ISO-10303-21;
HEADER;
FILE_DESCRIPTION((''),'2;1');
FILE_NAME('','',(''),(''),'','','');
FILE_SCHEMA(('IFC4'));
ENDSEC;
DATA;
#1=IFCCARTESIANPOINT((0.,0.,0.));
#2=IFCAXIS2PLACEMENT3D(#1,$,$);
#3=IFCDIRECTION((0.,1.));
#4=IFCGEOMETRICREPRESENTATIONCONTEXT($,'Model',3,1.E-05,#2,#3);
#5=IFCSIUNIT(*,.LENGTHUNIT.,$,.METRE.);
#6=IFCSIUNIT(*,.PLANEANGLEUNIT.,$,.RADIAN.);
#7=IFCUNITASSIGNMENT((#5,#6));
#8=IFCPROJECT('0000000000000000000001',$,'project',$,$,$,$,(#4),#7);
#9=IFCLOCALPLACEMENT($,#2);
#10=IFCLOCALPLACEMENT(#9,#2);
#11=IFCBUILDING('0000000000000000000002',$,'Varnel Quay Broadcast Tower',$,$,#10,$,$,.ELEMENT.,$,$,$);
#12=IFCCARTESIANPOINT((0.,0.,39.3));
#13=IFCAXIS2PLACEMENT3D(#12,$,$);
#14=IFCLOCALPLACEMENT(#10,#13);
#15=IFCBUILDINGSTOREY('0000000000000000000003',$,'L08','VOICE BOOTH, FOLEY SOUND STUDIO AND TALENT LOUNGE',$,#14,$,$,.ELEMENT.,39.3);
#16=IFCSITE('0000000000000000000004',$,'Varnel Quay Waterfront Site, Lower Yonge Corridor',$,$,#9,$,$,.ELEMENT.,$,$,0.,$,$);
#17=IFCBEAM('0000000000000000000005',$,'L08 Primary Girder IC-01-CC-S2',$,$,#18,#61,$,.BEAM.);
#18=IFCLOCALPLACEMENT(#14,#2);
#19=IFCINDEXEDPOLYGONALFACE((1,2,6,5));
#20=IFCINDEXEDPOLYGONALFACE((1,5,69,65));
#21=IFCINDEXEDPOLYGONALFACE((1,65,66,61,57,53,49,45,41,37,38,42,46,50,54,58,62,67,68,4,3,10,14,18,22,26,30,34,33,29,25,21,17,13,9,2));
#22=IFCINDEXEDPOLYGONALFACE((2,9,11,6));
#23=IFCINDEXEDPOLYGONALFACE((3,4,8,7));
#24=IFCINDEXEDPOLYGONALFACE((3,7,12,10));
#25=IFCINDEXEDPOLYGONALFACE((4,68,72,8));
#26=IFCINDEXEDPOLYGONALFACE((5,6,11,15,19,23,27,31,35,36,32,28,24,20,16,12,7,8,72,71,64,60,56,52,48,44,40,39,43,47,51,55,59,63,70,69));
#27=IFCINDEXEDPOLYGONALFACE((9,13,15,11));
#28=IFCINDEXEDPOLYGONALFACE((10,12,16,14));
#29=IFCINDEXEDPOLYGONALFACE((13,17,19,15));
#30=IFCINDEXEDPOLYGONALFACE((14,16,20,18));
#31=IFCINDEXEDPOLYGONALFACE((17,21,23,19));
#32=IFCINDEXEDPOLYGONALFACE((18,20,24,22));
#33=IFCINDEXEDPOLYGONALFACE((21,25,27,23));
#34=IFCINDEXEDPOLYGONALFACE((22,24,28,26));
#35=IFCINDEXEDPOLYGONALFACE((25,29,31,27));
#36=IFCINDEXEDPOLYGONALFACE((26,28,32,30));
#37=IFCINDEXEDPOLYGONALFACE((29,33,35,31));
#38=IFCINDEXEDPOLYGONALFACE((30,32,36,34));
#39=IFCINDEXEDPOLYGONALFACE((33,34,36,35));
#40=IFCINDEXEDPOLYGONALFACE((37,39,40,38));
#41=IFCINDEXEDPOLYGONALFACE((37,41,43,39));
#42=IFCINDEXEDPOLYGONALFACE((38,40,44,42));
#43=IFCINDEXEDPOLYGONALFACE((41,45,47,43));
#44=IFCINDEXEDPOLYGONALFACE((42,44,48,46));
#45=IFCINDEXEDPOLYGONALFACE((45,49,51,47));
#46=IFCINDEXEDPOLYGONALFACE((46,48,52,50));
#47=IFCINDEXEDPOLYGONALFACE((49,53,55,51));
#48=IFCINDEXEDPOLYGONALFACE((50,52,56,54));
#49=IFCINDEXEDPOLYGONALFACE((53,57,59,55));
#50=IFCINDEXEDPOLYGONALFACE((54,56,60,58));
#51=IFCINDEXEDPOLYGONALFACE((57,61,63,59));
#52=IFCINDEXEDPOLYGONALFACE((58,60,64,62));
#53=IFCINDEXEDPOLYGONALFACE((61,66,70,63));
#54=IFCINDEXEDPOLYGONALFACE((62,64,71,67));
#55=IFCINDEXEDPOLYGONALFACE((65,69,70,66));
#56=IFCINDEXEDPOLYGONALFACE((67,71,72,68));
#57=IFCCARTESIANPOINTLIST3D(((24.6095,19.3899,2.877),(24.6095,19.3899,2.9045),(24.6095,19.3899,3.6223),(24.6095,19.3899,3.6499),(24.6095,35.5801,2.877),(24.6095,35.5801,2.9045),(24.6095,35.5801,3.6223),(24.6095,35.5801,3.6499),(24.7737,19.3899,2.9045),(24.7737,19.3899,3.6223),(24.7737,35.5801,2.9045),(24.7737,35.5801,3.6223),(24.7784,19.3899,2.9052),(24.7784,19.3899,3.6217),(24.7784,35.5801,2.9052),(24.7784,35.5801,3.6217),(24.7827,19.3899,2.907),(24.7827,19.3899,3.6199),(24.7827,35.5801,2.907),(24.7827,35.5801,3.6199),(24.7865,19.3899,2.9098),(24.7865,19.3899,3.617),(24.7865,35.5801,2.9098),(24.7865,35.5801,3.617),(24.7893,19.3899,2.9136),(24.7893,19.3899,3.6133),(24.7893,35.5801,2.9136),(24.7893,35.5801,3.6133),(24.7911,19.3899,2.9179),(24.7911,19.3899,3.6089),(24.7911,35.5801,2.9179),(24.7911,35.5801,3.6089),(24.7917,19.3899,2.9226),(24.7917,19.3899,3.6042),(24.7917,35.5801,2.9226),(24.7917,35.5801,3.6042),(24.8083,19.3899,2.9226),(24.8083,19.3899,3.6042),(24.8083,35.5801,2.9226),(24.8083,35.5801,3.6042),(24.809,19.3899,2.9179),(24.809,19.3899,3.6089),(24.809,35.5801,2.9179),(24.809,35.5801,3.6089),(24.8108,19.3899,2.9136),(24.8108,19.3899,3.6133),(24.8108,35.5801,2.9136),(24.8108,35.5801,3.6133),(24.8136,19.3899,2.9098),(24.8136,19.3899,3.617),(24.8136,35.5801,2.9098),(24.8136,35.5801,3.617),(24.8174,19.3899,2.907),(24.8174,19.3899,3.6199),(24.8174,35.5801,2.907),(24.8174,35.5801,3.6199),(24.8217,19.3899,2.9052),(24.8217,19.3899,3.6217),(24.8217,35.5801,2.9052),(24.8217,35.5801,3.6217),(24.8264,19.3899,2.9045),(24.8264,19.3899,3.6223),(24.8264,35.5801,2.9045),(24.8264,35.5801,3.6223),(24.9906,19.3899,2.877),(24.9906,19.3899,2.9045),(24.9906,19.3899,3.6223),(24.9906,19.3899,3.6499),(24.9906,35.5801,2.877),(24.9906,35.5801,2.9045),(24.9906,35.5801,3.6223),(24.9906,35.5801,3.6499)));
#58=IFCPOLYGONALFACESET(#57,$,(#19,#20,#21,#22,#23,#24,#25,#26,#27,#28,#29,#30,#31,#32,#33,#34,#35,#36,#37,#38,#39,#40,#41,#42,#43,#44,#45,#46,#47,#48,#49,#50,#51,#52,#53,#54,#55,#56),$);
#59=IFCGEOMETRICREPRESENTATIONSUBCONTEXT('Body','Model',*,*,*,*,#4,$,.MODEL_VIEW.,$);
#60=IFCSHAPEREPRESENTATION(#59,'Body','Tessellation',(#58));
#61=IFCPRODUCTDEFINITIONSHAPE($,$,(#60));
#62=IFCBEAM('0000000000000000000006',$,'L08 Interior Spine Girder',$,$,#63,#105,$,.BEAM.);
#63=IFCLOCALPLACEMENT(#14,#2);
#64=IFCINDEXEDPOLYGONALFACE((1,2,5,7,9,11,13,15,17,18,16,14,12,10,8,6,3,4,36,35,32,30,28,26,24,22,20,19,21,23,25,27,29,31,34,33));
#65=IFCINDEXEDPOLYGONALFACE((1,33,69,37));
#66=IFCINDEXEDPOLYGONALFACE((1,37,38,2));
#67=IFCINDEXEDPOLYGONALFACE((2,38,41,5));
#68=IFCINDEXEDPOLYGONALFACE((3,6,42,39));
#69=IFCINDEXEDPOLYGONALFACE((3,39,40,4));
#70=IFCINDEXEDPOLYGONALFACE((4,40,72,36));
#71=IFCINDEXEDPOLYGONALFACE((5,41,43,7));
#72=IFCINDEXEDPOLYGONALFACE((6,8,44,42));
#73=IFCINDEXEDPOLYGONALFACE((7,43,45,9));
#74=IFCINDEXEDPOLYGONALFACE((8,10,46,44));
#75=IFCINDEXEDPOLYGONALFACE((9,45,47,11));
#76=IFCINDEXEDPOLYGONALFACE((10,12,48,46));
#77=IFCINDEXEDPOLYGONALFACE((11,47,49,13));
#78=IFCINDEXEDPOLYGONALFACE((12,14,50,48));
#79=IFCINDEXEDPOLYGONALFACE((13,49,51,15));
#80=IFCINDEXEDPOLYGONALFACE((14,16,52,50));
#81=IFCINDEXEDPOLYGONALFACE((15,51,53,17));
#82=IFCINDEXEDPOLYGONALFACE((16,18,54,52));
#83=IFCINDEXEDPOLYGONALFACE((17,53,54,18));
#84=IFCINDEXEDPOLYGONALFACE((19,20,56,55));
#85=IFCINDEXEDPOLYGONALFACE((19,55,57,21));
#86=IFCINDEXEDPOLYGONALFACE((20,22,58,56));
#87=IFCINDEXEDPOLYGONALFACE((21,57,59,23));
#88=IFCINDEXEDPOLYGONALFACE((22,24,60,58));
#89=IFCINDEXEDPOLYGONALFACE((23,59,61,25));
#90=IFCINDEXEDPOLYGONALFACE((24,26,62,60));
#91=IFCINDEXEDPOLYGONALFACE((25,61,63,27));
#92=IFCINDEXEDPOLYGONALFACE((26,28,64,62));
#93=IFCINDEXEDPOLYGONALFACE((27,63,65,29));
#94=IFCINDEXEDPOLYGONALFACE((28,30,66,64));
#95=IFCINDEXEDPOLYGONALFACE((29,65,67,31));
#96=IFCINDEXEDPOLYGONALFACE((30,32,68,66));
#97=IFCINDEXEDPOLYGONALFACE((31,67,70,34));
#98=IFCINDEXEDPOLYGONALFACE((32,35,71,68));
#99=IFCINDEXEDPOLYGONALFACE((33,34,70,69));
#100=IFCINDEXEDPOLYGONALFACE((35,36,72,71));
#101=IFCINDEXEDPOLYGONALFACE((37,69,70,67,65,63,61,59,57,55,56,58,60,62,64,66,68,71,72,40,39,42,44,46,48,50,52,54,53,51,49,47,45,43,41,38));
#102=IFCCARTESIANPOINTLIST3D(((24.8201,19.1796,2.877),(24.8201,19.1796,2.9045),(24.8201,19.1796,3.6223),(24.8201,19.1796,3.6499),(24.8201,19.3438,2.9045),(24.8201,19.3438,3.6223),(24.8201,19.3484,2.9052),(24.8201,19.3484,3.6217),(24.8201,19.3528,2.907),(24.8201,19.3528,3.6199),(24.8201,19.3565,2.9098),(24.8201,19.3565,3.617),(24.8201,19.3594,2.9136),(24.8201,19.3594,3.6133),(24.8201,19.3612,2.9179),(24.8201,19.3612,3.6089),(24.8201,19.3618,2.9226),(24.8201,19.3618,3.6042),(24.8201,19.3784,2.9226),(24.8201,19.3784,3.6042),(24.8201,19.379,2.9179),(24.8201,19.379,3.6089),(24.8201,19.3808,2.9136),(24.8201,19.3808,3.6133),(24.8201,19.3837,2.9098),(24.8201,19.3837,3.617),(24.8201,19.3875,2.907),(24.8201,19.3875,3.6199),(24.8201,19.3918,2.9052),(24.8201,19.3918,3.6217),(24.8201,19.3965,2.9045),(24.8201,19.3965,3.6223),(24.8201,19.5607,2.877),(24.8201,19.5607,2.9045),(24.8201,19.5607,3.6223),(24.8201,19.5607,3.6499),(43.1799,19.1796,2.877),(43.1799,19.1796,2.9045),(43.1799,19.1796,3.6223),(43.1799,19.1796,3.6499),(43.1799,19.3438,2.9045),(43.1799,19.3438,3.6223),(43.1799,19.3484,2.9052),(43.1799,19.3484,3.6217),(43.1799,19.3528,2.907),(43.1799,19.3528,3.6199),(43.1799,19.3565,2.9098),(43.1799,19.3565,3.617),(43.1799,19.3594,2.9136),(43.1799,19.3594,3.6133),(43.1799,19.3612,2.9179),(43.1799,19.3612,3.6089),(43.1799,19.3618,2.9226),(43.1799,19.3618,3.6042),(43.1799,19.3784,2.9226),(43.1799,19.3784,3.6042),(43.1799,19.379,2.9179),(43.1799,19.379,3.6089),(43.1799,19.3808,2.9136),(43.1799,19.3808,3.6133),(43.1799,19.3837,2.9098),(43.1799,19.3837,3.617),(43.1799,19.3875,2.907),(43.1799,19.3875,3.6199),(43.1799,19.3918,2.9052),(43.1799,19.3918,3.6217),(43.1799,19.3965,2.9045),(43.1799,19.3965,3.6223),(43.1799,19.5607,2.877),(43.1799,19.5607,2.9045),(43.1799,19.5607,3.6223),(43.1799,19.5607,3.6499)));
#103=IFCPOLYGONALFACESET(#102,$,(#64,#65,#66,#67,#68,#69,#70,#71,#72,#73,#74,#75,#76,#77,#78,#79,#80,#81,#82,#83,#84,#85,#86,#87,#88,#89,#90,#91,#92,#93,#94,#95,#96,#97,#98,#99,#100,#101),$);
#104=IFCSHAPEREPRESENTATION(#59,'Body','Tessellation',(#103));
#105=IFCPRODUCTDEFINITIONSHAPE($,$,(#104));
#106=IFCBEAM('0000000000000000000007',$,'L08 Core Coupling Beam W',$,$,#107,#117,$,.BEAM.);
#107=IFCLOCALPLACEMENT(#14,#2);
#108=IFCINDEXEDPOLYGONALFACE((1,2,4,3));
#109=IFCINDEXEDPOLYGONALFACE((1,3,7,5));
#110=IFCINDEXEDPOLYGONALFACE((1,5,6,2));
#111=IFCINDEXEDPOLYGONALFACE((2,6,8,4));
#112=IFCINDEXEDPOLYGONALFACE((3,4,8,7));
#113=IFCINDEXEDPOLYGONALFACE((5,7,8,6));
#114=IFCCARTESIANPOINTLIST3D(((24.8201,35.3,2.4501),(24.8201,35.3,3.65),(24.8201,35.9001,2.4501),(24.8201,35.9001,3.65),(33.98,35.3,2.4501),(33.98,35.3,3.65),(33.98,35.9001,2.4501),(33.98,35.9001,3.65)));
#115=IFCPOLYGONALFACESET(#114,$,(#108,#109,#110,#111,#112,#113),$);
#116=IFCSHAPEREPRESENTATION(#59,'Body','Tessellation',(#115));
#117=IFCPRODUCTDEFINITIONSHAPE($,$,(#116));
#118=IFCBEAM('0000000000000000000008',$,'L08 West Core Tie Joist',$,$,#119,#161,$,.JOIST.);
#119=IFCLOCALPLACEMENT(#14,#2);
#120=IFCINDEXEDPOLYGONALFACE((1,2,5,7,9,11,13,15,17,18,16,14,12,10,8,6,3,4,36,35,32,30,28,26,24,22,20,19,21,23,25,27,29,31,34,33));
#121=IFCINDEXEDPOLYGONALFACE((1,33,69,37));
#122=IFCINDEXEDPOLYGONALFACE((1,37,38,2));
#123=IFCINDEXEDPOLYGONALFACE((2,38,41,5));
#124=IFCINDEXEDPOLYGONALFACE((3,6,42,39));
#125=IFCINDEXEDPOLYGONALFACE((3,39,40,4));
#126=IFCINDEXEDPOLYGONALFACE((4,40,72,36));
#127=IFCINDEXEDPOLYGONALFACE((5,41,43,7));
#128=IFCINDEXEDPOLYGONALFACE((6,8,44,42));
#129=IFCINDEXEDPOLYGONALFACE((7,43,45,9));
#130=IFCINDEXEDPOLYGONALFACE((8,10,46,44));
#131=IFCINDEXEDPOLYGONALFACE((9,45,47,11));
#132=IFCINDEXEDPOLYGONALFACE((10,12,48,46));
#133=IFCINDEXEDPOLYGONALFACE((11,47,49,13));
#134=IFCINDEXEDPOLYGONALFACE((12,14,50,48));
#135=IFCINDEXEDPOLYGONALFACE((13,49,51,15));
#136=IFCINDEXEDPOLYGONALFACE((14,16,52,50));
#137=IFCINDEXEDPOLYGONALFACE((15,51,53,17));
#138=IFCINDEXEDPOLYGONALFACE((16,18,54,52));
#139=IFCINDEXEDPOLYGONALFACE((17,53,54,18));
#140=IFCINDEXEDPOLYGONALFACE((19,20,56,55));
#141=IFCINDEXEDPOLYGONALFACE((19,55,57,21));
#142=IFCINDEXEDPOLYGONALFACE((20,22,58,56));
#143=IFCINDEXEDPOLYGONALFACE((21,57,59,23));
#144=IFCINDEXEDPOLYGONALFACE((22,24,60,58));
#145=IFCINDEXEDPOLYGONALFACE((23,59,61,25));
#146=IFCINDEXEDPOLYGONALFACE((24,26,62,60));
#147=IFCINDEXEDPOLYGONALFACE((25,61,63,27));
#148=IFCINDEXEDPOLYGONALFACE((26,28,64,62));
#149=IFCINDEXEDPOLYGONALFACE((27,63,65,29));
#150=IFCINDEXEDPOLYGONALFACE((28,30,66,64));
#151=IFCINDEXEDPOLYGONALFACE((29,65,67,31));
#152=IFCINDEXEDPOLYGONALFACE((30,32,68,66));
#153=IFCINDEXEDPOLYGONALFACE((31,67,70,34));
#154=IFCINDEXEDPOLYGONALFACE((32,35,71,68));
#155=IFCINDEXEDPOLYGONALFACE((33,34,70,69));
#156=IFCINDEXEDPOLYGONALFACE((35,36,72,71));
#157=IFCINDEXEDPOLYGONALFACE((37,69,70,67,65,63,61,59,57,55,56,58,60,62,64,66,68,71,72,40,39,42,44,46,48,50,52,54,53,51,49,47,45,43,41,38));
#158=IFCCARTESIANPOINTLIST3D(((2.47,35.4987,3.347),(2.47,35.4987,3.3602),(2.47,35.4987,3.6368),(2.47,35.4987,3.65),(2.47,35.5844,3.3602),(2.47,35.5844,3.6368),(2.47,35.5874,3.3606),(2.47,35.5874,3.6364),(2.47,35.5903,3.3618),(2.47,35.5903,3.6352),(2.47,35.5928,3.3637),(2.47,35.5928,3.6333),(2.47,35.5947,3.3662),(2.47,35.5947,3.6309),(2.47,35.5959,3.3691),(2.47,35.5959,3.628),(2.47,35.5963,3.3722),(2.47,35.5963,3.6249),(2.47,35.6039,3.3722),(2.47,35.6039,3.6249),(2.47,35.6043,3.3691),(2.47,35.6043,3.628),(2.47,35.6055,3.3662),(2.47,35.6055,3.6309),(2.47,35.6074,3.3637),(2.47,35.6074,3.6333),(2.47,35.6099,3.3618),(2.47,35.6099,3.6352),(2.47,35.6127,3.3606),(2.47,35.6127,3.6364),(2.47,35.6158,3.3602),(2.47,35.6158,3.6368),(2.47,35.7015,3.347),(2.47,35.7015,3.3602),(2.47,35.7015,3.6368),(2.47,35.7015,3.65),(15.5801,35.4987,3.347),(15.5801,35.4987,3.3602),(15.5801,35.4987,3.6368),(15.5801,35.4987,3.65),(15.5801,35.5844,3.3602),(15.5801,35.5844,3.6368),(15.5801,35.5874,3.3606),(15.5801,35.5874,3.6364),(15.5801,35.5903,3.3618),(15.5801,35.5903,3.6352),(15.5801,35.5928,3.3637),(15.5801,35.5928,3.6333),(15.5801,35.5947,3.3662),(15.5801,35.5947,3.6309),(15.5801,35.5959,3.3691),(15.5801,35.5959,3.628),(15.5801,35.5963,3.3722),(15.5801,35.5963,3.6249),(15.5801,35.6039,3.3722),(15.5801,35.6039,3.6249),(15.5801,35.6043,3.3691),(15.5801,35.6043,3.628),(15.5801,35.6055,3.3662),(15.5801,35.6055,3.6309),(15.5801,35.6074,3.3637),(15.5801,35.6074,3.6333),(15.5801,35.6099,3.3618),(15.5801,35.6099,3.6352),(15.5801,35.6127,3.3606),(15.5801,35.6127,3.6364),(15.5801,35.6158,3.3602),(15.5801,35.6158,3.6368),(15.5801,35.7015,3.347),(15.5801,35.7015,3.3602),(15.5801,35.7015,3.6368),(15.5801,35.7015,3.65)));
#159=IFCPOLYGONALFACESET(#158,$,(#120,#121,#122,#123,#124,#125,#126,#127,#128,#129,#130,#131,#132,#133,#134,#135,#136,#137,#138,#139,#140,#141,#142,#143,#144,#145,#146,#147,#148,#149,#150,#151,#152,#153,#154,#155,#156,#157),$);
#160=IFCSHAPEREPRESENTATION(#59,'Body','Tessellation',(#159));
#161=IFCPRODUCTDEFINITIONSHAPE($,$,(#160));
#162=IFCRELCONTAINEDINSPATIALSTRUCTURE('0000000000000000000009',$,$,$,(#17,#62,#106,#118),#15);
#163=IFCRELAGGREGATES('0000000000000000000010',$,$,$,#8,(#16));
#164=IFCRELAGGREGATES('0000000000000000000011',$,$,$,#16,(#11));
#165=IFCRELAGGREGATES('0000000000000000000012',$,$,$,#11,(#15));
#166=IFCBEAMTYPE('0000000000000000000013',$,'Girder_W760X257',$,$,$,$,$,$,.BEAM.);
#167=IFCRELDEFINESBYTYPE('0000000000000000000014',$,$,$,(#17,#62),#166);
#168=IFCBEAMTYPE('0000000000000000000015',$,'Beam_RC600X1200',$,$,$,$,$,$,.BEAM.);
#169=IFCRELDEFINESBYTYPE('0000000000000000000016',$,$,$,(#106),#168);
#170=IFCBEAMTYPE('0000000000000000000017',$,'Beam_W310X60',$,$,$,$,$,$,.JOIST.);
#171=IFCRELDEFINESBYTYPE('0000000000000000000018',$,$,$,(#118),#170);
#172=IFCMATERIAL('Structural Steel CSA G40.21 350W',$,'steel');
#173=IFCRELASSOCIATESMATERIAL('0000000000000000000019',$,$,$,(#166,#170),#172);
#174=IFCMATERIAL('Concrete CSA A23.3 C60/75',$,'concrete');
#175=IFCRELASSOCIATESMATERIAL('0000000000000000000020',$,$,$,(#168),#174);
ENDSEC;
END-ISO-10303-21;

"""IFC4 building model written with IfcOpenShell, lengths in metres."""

from ifc_helpers import new_model, si_unit, direction, frame, origin, origin_2d, place, context, subcontext, project, spatial, rectangle, i_section, extrude, source, transform, mapped, material, material_profile, profile_set, type_object, type_shapes, element, save


model = new_model("IFC4")

# Units and contexts
model_context = context("Model", 3, precision=1e-05, world=origin(), true_north=direction((0.0, 1.0)))
body_context = subcontext(model_context, "Body", "Model", "MODEL_VIEW")
ifc_project = project(units=[si_unit("LENGTHUNIT", "METRE"), si_unit("PLANEANGLEUNIT", "RADIAN")], contexts=[model_context])

# Site, building, storey
site_placement = place(None, origin())
site = spatial("IfcSite", under=ifc_project, at=site_placement, Name="Varnel Quay Waterfront Site, Lower Yonge Corridor", CompositionType="ELEMENT", RefElevation=0.0)
building_placement = place(site_placement, origin())
building = spatial("IfcBuilding", under=site, at=building_placement, Name="Varnel Quay Broadcast Tower", CompositionType="ELEMENT")
storey_placement = place(building_placement, frame((0.0, 0.0, 39.3)))
storey = spatial("IfcBuildingStorey", under=building, at=storey_placement, Name="L08", Description="VOICE BOOTH, FOLEY SOUND STUDIO AND TALENT LOUNGE", CompositionType="ELEMENT", Elevation=39.3)

# Shared definitions
ifc_material_1 = material(Name="Structural Steel CSA G40.21 350W", Category="steel")
ifc_material_2 = material(Name="Concrete CSA A23.3 C60/75", Category="concrete")

# Beams
ifc_material_profile_1 = material_profile(ifc_material_1, i_section(OverallWidth=0.3811, OverallDepth=0.7729, WebThickness=0.0166, FlangeThickness=0.0276, FilletRadius=0.0181, at=origin_2d()), Name="W760X257")
ifc_profile_set_1 = profile_set([ifc_material_profile_1], Name="Structural Steel CSA G40.21 350W")
beam_type_1 = type_object("IfcBeamType", Name="Girder_W760X257", PredefinedType="BEAM", material=ifc_profile_set_1)
shared_shape_1 = source(origin(), body_context, "Body", "SweptSolid", [
    extrude(i_section(OverallWidth=0.3811, OverallDepth=0.7729, WebThickness=0.0166, FlangeThickness=0.0276, FilletRadius=0.0181, at=origin_2d()), origin(), (0.0, 0.0, 1.0), 16.1902),
])
beam_1_placement = place(storey_placement, frame((24.8, 19.3899, 3.2634), z_axis=(0.0, 1.0, 0.0), x_axis=(-1.0, 0.0, 0.0)))
element("IfcBeam", 1, at=beam_1_placement, inside=storey, type_object=beam_type_1, Name="L08 Primary Girder IC-01-CC-S2", PredefinedType="BEAM", context=body_context, shape_type="MappedRepresentation", body=[
    mapped(shared_shape_1, transform((0.0, 0.0, 0.0), x_axis=(1.0, 0.0, 0.0), y_axis=(0.0, 1.0, 0.0), z_axis=(0.0, 0.0, 1.0), scale=1.0)),
])
shared_shape_2 = source(origin(), body_context, "Body", "SweptSolid", [
    extrude(i_section(OverallWidth=0.3811, OverallDepth=0.7729, WebThickness=0.0166, FlangeThickness=0.0276, FilletRadius=0.0181, at=origin_2d()), origin(), (0.0, 0.0, 1.0), 18.3599),
])
type_shapes(beam_type_1, [shared_shape_1, shared_shape_2])
beam_2_placement = place(storey_placement, frame((24.8201, 19.3701, 3.2634), z_axis=(1.0, 0.0, 0.0), x_axis=(0.0, 1.0, 0.0)))
element("IfcBeam", 2, at=beam_2_placement, inside=storey, type_object=beam_type_1, Name="L08 Interior Spine Girder", PredefinedType="BEAM", context=body_context, shape_type="MappedRepresentation", body=[
    mapped(shared_shape_2, transform((0.0, 0.0, 0.0), x_axis=(1.0, 0.0, 0.0), y_axis=(0.0, 1.0, 0.0), z_axis=(0.0, 0.0, 1.0), scale=1.0)),
])
ifc_material_profile_2 = material_profile(ifc_material_2, rectangle(XDim=0.6001, YDim=1.2, at=origin_2d()), Name="RC600X1200")
ifc_profile_set_2 = profile_set([ifc_material_profile_2], Name="Concrete CSA A23.3 C60/75")
beam_type_2 = type_object("IfcBeamType", Name="Beam_RC600X1200", PredefinedType="BEAM", material=ifc_profile_set_2)
shared_shape_3 = source(origin(), body_context, "Body", "SweptSolid", [
    extrude(rectangle(XDim=0.6001, YDim=1.2, at=origin_2d()), origin(), (0.0, 0.0, 1.0), 9.1599),
])
type_shapes(beam_type_2, [shared_shape_3])
beam_3_placement = place(storey_placement, frame((24.8201, 35.6001, 3.05), z_axis=(1.0, 0.0, 0.0), x_axis=(0.0, 1.0, 0.0)))
element("IfcBeam", 3, at=beam_3_placement, inside=storey, type_object=beam_type_2, Name="L08 Core Coupling Beam W", PredefinedType="BEAM", context=body_context, shape_type="MappedRepresentation", body=[
    mapped(shared_shape_3, transform((0.0, 0.0, 0.0), x_axis=(1.0, 0.0, 0.0), y_axis=(0.0, 1.0, 0.0), z_axis=(0.0, 0.0, 1.0), scale=1.0)),
])
ifc_material_profile_3 = material_profile(ifc_material_1, i_section(OverallWidth=0.2029, OverallDepth=0.303, WebThickness=0.0076, FlangeThickness=0.0132, FilletRadius=0.012, at=origin_2d()), Name="W310X60")
ifc_profile_set_3 = profile_set([ifc_material_profile_3], Name="Structural Steel CSA G40.21 350W")
beam_type_3 = type_object("IfcBeamType", Name="Beam_W310X60", PredefinedType="JOIST", material=ifc_profile_set_3)
shared_shape_4 = source(origin(), body_context, "Body", "SweptSolid", [
    extrude(i_section(OverallWidth=0.2029, OverallDepth=0.303, WebThickness=0.0076, FlangeThickness=0.0132, FilletRadius=0.012, at=origin_2d()), origin(), (0.0, 0.0, 1.0), 13.1101),
])
beam_4_placement = place(storey_placement, frame((2.47, 35.6001, 3.4985), z_axis=(1.0, 0.0, 0.0), x_axis=(0.0, 1.0, 0.0)))
element("IfcBeam", 4, at=beam_4_placement, inside=storey, type_object=beam_type_3, Name="L08 West Core Tie Joist", PredefinedType="JOIST", context=body_context, shape_type="MappedRepresentation", body=[
    mapped(shared_shape_4, transform((0.0, 0.0, 0.0), x_axis=(1.0, 0.0, 0.0), y_axis=(0.0, 1.0, 0.0), z_axis=(0.0, 0.0, 1.0), scale=1.0)),
])

save(model, "model.ifc")
